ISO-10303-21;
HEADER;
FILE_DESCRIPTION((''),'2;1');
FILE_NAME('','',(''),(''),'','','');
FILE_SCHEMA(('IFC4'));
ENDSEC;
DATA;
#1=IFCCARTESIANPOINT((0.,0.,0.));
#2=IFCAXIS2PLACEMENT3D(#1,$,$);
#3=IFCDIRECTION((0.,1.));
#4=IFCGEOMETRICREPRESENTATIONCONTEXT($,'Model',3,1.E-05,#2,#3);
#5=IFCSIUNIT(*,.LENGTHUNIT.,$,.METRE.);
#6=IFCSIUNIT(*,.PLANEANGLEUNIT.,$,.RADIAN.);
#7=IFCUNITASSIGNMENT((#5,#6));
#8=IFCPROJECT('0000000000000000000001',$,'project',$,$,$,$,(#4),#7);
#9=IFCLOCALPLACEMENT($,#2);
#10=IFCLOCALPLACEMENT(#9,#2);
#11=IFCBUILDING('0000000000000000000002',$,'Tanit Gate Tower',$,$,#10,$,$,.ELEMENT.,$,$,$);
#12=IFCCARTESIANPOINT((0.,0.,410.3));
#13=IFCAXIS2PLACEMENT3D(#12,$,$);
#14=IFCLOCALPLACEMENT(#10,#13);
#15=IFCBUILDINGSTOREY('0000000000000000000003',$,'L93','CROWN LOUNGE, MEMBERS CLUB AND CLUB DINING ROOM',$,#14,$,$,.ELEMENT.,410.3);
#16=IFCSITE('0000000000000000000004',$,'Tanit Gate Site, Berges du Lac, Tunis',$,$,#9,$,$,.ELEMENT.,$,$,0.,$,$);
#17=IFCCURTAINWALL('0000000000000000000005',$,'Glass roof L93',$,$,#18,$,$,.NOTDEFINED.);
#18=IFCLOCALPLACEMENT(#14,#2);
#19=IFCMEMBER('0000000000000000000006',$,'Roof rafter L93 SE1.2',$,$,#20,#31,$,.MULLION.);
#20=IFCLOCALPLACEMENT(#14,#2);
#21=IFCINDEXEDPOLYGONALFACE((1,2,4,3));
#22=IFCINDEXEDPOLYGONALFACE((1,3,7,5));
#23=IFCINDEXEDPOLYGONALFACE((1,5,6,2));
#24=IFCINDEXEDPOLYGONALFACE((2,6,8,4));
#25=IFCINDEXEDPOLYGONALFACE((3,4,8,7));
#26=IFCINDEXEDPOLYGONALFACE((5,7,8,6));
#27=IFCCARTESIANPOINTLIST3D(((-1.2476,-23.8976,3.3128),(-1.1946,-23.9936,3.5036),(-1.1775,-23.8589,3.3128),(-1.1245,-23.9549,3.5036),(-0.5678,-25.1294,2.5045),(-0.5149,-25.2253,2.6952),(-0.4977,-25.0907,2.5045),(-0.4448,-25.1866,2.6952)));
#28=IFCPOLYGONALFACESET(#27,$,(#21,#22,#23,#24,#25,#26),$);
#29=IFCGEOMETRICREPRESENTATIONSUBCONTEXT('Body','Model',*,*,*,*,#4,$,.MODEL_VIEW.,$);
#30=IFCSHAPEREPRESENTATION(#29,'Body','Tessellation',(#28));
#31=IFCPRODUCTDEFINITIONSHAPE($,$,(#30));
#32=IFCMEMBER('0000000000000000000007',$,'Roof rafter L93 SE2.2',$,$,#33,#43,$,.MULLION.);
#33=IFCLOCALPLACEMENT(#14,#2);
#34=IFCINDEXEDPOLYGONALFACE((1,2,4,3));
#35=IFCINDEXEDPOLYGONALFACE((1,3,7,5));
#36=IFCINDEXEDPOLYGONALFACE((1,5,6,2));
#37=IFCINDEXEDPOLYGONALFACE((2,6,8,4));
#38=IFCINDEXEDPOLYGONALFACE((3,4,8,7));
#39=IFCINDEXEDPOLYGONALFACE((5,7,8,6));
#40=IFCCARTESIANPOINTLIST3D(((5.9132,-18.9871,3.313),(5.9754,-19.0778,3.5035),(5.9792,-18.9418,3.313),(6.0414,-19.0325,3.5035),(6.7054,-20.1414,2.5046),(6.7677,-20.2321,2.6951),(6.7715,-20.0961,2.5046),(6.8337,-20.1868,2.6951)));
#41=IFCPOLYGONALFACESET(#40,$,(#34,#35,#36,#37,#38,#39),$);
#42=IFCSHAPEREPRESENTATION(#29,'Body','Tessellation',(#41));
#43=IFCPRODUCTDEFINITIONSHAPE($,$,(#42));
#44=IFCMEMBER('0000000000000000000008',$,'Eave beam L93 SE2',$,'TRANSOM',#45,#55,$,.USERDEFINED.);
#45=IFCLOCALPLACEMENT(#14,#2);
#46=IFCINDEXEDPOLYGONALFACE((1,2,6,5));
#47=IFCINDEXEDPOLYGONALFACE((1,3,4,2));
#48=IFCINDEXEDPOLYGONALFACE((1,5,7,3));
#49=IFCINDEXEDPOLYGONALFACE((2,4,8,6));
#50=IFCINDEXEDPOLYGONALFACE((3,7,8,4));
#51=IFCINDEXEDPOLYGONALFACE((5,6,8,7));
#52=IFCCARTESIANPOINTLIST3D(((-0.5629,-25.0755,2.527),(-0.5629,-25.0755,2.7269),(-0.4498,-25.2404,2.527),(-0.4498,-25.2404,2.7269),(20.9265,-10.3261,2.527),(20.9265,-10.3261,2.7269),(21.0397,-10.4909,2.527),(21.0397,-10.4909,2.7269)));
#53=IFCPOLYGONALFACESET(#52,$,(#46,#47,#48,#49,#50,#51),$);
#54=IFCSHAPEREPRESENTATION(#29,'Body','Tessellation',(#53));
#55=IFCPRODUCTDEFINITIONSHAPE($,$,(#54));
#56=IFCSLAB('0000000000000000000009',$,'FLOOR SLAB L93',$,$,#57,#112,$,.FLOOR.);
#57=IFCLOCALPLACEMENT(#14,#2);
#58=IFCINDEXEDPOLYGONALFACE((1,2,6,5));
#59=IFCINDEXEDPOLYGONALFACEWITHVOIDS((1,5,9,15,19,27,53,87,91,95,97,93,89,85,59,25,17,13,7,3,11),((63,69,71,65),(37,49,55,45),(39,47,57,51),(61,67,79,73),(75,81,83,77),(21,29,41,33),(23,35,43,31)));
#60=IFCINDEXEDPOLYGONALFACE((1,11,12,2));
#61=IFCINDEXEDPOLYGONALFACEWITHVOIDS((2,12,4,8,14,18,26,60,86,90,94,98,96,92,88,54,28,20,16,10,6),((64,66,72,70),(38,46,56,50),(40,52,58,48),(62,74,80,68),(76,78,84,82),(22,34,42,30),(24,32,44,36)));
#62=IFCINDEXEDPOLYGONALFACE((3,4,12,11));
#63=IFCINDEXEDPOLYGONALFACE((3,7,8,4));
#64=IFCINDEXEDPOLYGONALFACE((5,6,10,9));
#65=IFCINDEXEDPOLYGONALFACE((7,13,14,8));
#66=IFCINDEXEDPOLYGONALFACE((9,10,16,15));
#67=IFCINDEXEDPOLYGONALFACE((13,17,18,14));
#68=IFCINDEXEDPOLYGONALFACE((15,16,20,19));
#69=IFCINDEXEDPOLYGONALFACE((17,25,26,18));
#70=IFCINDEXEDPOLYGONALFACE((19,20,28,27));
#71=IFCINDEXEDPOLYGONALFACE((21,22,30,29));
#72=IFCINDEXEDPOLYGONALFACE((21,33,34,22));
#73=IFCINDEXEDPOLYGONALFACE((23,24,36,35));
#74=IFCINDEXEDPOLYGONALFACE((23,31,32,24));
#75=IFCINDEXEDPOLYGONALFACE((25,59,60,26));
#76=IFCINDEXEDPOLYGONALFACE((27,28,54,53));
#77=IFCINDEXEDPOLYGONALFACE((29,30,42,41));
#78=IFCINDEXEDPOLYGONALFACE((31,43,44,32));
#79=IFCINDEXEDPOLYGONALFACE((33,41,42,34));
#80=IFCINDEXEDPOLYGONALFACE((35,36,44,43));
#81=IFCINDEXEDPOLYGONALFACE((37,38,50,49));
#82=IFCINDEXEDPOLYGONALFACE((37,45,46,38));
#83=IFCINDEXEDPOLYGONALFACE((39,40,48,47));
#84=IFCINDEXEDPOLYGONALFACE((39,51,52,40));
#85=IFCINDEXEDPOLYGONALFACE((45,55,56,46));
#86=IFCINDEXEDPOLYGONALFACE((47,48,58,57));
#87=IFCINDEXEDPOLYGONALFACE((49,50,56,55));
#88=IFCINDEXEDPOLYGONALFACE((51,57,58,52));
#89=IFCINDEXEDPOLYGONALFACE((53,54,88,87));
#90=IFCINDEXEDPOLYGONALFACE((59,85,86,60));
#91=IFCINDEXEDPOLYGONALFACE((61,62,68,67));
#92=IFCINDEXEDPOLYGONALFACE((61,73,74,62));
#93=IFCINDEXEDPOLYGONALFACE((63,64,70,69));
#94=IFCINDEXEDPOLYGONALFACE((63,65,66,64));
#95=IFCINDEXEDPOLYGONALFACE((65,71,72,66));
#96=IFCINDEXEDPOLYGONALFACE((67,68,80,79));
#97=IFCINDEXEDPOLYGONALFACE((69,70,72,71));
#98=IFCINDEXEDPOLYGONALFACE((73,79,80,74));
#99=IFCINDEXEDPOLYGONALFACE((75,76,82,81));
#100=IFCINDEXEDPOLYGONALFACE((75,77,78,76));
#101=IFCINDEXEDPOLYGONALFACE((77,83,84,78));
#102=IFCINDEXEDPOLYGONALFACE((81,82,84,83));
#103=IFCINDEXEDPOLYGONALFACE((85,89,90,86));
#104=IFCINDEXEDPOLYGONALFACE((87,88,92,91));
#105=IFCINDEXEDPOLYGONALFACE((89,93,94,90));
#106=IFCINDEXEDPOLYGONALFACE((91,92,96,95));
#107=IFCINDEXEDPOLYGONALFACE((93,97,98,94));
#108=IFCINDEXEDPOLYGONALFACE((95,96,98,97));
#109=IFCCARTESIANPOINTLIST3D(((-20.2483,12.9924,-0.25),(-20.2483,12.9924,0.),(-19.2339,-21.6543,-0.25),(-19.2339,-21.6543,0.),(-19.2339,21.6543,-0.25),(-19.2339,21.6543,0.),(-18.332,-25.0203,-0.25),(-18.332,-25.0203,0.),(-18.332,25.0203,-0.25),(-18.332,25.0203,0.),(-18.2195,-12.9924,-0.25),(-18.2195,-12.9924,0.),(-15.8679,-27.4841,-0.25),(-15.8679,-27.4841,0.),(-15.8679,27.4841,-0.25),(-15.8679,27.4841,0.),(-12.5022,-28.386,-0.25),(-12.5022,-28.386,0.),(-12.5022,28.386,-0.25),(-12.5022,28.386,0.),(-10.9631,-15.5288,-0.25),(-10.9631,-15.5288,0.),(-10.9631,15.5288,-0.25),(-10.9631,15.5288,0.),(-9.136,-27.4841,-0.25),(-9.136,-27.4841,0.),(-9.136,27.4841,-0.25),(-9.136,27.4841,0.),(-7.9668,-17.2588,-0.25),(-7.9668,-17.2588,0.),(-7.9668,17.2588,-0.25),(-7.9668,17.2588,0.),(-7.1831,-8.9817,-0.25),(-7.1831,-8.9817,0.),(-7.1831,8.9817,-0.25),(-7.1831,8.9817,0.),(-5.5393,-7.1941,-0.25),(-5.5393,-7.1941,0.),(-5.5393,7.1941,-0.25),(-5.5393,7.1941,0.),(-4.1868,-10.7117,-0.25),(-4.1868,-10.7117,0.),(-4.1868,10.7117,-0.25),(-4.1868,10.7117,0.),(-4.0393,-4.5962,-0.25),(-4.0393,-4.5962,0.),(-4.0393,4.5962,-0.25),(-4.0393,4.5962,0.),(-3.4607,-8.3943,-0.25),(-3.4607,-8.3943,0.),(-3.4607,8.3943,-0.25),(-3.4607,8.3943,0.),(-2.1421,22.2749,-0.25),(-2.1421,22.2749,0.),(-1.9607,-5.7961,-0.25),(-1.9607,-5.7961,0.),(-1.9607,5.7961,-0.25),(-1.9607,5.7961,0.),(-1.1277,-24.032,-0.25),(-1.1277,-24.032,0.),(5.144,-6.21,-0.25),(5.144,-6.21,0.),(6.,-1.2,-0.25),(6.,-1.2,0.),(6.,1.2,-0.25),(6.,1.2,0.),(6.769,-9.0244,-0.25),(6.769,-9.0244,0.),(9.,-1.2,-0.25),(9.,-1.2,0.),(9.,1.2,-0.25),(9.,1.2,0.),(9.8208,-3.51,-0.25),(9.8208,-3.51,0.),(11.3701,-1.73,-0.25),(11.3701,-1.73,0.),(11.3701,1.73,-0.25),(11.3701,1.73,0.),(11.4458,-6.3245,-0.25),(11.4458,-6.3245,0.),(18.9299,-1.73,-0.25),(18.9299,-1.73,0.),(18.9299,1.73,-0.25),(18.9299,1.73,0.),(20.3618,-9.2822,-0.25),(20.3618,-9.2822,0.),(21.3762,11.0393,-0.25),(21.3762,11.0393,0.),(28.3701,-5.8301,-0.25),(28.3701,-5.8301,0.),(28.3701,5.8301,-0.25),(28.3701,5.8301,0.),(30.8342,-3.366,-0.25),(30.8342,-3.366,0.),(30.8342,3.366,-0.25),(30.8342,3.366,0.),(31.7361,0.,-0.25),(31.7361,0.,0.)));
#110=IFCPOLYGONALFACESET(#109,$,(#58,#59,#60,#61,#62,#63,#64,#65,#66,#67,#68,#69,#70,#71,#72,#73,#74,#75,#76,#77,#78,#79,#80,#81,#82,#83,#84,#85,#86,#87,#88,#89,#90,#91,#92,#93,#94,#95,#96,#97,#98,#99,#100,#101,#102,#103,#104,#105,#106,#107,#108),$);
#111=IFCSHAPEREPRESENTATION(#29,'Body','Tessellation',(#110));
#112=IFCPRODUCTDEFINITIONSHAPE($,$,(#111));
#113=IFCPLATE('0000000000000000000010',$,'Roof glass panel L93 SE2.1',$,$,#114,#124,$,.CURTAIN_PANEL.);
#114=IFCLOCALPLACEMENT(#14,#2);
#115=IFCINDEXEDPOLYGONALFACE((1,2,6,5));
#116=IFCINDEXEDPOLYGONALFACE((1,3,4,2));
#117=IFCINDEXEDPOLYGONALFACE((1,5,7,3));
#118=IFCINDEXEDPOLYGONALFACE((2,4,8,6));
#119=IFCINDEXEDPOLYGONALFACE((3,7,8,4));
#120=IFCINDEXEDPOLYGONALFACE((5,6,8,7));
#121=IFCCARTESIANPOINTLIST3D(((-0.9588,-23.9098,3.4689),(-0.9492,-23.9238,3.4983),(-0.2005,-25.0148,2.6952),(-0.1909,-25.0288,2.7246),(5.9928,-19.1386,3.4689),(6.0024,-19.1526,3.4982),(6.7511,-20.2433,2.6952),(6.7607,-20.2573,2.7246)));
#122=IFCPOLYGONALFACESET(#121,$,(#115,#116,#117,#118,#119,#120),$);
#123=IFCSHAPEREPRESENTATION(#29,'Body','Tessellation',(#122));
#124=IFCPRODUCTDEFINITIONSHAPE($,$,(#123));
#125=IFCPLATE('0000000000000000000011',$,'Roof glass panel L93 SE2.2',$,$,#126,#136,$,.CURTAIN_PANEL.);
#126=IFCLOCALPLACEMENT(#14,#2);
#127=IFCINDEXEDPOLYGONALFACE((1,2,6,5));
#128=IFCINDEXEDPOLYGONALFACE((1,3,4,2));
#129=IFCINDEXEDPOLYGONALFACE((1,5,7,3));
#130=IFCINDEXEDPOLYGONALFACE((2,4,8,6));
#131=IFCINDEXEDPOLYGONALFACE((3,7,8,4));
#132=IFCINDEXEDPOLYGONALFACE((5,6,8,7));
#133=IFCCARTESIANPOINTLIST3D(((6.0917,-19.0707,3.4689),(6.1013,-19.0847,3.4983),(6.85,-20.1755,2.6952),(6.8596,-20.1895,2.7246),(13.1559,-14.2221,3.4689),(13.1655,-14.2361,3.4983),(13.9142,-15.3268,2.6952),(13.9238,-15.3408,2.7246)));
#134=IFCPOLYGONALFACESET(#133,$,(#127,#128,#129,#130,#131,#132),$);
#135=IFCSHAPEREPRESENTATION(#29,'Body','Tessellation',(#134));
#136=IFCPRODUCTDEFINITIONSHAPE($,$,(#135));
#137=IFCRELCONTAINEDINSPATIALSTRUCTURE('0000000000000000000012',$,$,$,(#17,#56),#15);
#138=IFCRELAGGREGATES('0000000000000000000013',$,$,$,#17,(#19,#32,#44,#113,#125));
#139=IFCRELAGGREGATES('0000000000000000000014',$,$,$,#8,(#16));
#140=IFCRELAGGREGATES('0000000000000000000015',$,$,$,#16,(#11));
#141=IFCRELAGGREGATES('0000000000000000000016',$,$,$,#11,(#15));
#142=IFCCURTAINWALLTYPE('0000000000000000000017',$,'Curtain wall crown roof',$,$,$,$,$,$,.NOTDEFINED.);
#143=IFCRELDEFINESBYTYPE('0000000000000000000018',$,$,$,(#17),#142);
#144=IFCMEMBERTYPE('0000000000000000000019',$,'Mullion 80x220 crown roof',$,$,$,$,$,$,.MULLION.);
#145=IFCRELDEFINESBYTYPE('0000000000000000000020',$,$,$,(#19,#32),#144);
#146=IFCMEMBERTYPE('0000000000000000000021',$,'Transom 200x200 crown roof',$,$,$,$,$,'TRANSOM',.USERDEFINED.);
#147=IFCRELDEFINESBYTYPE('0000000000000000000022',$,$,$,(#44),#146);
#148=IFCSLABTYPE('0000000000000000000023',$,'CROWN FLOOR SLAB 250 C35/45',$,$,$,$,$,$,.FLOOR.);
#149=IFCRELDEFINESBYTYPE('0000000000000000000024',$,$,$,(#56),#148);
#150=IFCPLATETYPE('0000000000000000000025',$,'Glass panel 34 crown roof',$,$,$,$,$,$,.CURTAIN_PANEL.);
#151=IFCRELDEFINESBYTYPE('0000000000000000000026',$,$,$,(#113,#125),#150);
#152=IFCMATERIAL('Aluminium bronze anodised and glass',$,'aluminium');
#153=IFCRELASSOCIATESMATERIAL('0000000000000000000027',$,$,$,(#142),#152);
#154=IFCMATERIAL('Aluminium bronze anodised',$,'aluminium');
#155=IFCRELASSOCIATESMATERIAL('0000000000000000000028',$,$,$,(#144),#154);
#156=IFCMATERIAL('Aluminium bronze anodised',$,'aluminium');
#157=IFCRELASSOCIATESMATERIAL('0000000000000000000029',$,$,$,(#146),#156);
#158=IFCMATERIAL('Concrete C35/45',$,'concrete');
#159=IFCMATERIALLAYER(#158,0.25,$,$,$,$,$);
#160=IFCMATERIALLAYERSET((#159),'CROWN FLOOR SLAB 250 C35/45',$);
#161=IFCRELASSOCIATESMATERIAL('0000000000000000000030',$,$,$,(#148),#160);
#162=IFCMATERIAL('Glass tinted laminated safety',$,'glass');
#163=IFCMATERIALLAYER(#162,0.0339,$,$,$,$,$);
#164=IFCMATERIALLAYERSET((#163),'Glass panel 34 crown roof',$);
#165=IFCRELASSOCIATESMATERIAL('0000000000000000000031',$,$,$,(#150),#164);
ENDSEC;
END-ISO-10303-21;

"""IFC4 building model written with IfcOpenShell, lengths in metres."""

from ifc_helpers import new_model, si_unit, direction, frame, origin, origin_2d, place, context, subcontext, project, spatial, polyline, rectangle, outline, extrude, material, layer, layer_set, material_profile, profile_set, type_object, element, aggregate, save


model = new_model("IFC4")

# Units and contexts
model_context = context("Model", 3, precision=1e-05, world=origin(), true_north=direction((0.0, 1.0)))
body_context = subcontext(model_context, "Body", "Model", "MODEL_VIEW")
ifc_project = project(units=[si_unit("LENGTHUNIT", "METRE"), si_unit("PLANEANGLEUNIT", "RADIAN")], contexts=[model_context])

# Site, building, storey
site_placement = place(None, origin())
site = spatial("IfcSite", under=ifc_project, at=site_placement, Name="Tanit Gate Site, Berges du Lac, Tunis", CompositionType="ELEMENT", RefElevation=0.0)
building_placement = place(site_placement, origin())
building = spatial("IfcBuilding", under=site, at=building_placement, Name="Tanit Gate Tower", CompositionType="ELEMENT")
storey_placement = place(building_placement, frame((0.0, 0.0, 410.3)))
storey = spatial("IfcBuildingStorey", under=building, at=storey_placement, Name="L93", Description="CROWN LOUNGE, MEMBERS CLUB AND CLUB DINING ROOM", CompositionType="ELEMENT", Elevation=410.3)

# Curtain wall, members
ifc_material_1 = material(Name="Aluminium bronze anodised and glass", Category="aluminium")
curtain_wall_type = type_object("IfcCurtainWallType", Name="Curtain wall crown roof", PredefinedType="NOTDEFINED", material=ifc_material_1)
curtain_wall_placement = place(storey_placement, origin())
curtain_wall = element("IfcCurtainWall", 1, at=curtain_wall_placement, inside=storey, type_object=curtain_wall_type, Name="Glass roof L93", PredefinedType="NOTDEFINED")
ifc_material_2 = material(Name="Aluminium bronze anodised", Category="aluminium")
ifc_material_profile_1 = material_profile(ifc_material_2, rectangle(XDim=0.0801, YDim=0.22, at=origin_2d()), Name="80x220 bronze rafter")
ifc_profile_set_1 = profile_set([ifc_material_profile_1], Name="Aluminium bronze anodised")
member_type_1 = type_object("IfcMemberType", Name="Mullion 80x220 crown roof", PredefinedType="MULLION", material=ifc_profile_set_1)
member_1_placement = place(storey_placement, frame((-1.186, -23.9263, 3.4082), z_axis=(0.418917, -0.759137, -0.498216), x_axis=(0.875537, 0.483151, 0.0)))
member_1 = element("IfcMember", 2, at=member_1_placement, type_object=member_type_1, Name="Roof rafter L93 SE1.2", PredefinedType="MULLION", context=body_context, shape_type="SweptSolid", body=[
    extrude(rectangle(XDim=0.0801, YDim=0.22, at=origin_2d()), origin(), (0.0, 0.0, 1.0), 1.6226),
])
member_2_placement = place(storey_placement, frame((5.9773, -19.0098, 3.4082), z_axis=(0.490056, -0.714018, -0.500024), x_axis=(0.824489, 0.565877, 0.0)))
member_2 = element("IfcMember", 3, at=member_2_placement, type_object=member_type_1, Name="Roof rafter L93 SE2.2", PredefinedType="MULLION", context=body_context, shape_type="SweptSolid", body=[
    extrude(rectangle(XDim=0.0801, YDim=0.22, at=origin_2d()), origin(), (0.0, 0.0, 1.0), 1.6167),
])
ifc_material_3 = material(Name="Aluminium bronze anodised", Category="aluminium")
ifc_material_profile_2 = material_profile(ifc_material_3, rectangle(XDim=0.2, YDim=0.2, at=origin_2d()), Name="200x200 bronze transom")
ifc_profile_set_2 = profile_set([ifc_material_profile_2], Name="Aluminium bronze anodised")
member_type_2 = type_object("IfcMemberType", Name="Transom 200x200 crown roof", ElementType="TRANSOM", PredefinedType="USERDEFINED", material=ifc_profile_set_2)
member_3_placement = place(storey_placement, frame((-0.5063, -25.158, 2.627), z_axis=(0.824481, 0.56589, 0.0), x_axis=(-0.56589, 0.824481, 0.0)))
member_3 = element("IfcMember", 4, at=member_3_placement, type_object=member_type_2, Name="Eave beam L93 SE2", ObjectType="TRANSOM", PredefinedType="USERDEFINED", context=body_context, shape_type="SweptSolid", body=[
    extrude(rectangle(XDim=0.2, YDim=0.2, at=origin_2d()), origin(), (0.0, 0.0, 1.0), 26.0642),
])

# Slab
ifc_material_4 = material(Name="Concrete C35/45", Category="concrete")
ifc_layer_1 = layer(ifc_material_4, 0.25)
ifc_layer_set_1 = layer_set([ifc_layer_1], Name="CROWN FLOOR SLAB 250 C35/45")
slab_type_1 = type_object("IfcSlabType", Name="CROWN FLOOR SLAB 250 C35/45", PredefinedType="FLOOR", material=ifc_layer_set_1)
slab_1_placement = place(storey_placement, frame((0.0, 0.0, -0.25)))
element("IfcSlab", 5, at=slab_1_placement, inside=storey, type_object=slab_type_1, Name="FLOOR SLAB L93", PredefinedType="FLOOR", context=body_context, shape_type="SweptSolid", body=[
    extrude(outline(polyline([(28.3701, 5.8301), (30.8342, 3.366), (31.7361, 0.0), (30.8342, -3.366), (28.3701, -5.8301), (20.3618, -9.2822), (-1.1277, -24.032), (-9.136, -27.4841), (-12.5022, -28.386), (-15.8679, -27.4841), (-18.332, -25.0203), (-19.2339, -21.6543), (-18.2195, -12.9924), (-20.2483, 12.9924), (-19.2339, 21.6543), (-18.332, 25.0203), (-15.8679, 27.4841), (-12.5022, 28.386), (-9.136, 27.4841), (-2.1421, 22.2749), (21.3762, 11.0393), (28.3701, 5.8301)]), holes=[polyline([(11.3701, -1.73), (11.3701, 1.73), (18.9299, 1.73), (18.9299, -1.73), (11.3701, -1.73)]), polyline([(9.8208, -3.51), (11.4458, -6.3245), (6.769, -9.0244), (5.144, -6.21), (9.8208, -3.51)]), polyline([(6.0, -1.2), (6.0, 1.2), (9.0, 1.2), (9.0, -1.2), (6.0, -1.2)]), polyline([(-1.9607, 5.7961), (-4.0393, 4.5962), (-5.5393, 7.1941), (-3.4607, 8.3943), (-1.9607, 5.7961)]), polyline([(-4.0393, -4.5962), (-1.9607, -5.7961), (-3.4607, -8.3943), (-5.5393, -7.1941), (-4.0393, -4.5962)]), polyline([(-4.1868, 10.7117), (-7.1831, 8.9817), (-10.9631, 15.5288), (-7.9668, 17.2588), (-4.1868, 10.7117)]), polyline([(-7.1831, -8.9817), (-4.1868, -10.7117), (-7.9668, -17.2588), (-10.9631, -15.5288), (-7.1831, -8.9817)])]), origin(), (0.0, 0.0, 1.0), 0.25),
])

# Plates
ifc_material_5 = material(Name="Glass tinted laminated safety", Category="glass")
ifc_layer_2 = layer(ifc_material_5, 0.0339)
ifc_layer_set_2 = layer_set([ifc_layer_2], Name="Glass panel 34 crown roof")
plate_type = type_object("IfcPlateType", Name="Glass panel 34 crown roof", PredefinedType="CURTAIN_PANEL", material=ifc_layer_set_2)
plate_1_placement = place(storey_placement, frame((-0.9492, -23.9238, 3.4983), z_axis=(0.282947, -0.412241, 0.866024), x_axis=(0.824484, 0.565885, -0.000005)))
plate_1 = element("IfcPlate", 6, at=plate_1_placement, type_object=plate_type, Name="Roof glass panel L93 SE2.1", PredefinedType="CURTAIN_PANEL", context=body_context, shape_type="SweptSolid", body=[
    extrude(outline(polyline([(0.0, 0.0), (8.4315, 0.0), (8.4316, -1.5473), (-0.0001, -1.5474), (0.0, 0.0)])), origin(), (0.0, 0.0, -1.0), 0.0339),
])
plate_2_placement = place(storey_placement, frame((6.1013, -19.0847, 3.4983), z_axis=(0.282964, -0.412264, 0.866008), x_axis=(0.824478, 0.565894, 0.0)))
plate_2 = element("IfcPlate", 7, at=plate_2_placement, type_object=plate_type, Name="Roof glass panel L93 SE2.2", PredefinedType="CURTAIN_PANEL", context=body_context, shape_type="SweptSolid", body=[
    extrude(outline(polyline([(0.0, 0.0), (8.5681, 0.0), (8.5681, -1.5473), (0.0, -1.5473), (0.0, 0.0)])), origin(), (0.0, 0.0, -1.0), 0.0339),
])
aggregate(curtain_wall, [member_1, member_2, member_3, plate_1, plate_2])

save(model, "model.ifc")
